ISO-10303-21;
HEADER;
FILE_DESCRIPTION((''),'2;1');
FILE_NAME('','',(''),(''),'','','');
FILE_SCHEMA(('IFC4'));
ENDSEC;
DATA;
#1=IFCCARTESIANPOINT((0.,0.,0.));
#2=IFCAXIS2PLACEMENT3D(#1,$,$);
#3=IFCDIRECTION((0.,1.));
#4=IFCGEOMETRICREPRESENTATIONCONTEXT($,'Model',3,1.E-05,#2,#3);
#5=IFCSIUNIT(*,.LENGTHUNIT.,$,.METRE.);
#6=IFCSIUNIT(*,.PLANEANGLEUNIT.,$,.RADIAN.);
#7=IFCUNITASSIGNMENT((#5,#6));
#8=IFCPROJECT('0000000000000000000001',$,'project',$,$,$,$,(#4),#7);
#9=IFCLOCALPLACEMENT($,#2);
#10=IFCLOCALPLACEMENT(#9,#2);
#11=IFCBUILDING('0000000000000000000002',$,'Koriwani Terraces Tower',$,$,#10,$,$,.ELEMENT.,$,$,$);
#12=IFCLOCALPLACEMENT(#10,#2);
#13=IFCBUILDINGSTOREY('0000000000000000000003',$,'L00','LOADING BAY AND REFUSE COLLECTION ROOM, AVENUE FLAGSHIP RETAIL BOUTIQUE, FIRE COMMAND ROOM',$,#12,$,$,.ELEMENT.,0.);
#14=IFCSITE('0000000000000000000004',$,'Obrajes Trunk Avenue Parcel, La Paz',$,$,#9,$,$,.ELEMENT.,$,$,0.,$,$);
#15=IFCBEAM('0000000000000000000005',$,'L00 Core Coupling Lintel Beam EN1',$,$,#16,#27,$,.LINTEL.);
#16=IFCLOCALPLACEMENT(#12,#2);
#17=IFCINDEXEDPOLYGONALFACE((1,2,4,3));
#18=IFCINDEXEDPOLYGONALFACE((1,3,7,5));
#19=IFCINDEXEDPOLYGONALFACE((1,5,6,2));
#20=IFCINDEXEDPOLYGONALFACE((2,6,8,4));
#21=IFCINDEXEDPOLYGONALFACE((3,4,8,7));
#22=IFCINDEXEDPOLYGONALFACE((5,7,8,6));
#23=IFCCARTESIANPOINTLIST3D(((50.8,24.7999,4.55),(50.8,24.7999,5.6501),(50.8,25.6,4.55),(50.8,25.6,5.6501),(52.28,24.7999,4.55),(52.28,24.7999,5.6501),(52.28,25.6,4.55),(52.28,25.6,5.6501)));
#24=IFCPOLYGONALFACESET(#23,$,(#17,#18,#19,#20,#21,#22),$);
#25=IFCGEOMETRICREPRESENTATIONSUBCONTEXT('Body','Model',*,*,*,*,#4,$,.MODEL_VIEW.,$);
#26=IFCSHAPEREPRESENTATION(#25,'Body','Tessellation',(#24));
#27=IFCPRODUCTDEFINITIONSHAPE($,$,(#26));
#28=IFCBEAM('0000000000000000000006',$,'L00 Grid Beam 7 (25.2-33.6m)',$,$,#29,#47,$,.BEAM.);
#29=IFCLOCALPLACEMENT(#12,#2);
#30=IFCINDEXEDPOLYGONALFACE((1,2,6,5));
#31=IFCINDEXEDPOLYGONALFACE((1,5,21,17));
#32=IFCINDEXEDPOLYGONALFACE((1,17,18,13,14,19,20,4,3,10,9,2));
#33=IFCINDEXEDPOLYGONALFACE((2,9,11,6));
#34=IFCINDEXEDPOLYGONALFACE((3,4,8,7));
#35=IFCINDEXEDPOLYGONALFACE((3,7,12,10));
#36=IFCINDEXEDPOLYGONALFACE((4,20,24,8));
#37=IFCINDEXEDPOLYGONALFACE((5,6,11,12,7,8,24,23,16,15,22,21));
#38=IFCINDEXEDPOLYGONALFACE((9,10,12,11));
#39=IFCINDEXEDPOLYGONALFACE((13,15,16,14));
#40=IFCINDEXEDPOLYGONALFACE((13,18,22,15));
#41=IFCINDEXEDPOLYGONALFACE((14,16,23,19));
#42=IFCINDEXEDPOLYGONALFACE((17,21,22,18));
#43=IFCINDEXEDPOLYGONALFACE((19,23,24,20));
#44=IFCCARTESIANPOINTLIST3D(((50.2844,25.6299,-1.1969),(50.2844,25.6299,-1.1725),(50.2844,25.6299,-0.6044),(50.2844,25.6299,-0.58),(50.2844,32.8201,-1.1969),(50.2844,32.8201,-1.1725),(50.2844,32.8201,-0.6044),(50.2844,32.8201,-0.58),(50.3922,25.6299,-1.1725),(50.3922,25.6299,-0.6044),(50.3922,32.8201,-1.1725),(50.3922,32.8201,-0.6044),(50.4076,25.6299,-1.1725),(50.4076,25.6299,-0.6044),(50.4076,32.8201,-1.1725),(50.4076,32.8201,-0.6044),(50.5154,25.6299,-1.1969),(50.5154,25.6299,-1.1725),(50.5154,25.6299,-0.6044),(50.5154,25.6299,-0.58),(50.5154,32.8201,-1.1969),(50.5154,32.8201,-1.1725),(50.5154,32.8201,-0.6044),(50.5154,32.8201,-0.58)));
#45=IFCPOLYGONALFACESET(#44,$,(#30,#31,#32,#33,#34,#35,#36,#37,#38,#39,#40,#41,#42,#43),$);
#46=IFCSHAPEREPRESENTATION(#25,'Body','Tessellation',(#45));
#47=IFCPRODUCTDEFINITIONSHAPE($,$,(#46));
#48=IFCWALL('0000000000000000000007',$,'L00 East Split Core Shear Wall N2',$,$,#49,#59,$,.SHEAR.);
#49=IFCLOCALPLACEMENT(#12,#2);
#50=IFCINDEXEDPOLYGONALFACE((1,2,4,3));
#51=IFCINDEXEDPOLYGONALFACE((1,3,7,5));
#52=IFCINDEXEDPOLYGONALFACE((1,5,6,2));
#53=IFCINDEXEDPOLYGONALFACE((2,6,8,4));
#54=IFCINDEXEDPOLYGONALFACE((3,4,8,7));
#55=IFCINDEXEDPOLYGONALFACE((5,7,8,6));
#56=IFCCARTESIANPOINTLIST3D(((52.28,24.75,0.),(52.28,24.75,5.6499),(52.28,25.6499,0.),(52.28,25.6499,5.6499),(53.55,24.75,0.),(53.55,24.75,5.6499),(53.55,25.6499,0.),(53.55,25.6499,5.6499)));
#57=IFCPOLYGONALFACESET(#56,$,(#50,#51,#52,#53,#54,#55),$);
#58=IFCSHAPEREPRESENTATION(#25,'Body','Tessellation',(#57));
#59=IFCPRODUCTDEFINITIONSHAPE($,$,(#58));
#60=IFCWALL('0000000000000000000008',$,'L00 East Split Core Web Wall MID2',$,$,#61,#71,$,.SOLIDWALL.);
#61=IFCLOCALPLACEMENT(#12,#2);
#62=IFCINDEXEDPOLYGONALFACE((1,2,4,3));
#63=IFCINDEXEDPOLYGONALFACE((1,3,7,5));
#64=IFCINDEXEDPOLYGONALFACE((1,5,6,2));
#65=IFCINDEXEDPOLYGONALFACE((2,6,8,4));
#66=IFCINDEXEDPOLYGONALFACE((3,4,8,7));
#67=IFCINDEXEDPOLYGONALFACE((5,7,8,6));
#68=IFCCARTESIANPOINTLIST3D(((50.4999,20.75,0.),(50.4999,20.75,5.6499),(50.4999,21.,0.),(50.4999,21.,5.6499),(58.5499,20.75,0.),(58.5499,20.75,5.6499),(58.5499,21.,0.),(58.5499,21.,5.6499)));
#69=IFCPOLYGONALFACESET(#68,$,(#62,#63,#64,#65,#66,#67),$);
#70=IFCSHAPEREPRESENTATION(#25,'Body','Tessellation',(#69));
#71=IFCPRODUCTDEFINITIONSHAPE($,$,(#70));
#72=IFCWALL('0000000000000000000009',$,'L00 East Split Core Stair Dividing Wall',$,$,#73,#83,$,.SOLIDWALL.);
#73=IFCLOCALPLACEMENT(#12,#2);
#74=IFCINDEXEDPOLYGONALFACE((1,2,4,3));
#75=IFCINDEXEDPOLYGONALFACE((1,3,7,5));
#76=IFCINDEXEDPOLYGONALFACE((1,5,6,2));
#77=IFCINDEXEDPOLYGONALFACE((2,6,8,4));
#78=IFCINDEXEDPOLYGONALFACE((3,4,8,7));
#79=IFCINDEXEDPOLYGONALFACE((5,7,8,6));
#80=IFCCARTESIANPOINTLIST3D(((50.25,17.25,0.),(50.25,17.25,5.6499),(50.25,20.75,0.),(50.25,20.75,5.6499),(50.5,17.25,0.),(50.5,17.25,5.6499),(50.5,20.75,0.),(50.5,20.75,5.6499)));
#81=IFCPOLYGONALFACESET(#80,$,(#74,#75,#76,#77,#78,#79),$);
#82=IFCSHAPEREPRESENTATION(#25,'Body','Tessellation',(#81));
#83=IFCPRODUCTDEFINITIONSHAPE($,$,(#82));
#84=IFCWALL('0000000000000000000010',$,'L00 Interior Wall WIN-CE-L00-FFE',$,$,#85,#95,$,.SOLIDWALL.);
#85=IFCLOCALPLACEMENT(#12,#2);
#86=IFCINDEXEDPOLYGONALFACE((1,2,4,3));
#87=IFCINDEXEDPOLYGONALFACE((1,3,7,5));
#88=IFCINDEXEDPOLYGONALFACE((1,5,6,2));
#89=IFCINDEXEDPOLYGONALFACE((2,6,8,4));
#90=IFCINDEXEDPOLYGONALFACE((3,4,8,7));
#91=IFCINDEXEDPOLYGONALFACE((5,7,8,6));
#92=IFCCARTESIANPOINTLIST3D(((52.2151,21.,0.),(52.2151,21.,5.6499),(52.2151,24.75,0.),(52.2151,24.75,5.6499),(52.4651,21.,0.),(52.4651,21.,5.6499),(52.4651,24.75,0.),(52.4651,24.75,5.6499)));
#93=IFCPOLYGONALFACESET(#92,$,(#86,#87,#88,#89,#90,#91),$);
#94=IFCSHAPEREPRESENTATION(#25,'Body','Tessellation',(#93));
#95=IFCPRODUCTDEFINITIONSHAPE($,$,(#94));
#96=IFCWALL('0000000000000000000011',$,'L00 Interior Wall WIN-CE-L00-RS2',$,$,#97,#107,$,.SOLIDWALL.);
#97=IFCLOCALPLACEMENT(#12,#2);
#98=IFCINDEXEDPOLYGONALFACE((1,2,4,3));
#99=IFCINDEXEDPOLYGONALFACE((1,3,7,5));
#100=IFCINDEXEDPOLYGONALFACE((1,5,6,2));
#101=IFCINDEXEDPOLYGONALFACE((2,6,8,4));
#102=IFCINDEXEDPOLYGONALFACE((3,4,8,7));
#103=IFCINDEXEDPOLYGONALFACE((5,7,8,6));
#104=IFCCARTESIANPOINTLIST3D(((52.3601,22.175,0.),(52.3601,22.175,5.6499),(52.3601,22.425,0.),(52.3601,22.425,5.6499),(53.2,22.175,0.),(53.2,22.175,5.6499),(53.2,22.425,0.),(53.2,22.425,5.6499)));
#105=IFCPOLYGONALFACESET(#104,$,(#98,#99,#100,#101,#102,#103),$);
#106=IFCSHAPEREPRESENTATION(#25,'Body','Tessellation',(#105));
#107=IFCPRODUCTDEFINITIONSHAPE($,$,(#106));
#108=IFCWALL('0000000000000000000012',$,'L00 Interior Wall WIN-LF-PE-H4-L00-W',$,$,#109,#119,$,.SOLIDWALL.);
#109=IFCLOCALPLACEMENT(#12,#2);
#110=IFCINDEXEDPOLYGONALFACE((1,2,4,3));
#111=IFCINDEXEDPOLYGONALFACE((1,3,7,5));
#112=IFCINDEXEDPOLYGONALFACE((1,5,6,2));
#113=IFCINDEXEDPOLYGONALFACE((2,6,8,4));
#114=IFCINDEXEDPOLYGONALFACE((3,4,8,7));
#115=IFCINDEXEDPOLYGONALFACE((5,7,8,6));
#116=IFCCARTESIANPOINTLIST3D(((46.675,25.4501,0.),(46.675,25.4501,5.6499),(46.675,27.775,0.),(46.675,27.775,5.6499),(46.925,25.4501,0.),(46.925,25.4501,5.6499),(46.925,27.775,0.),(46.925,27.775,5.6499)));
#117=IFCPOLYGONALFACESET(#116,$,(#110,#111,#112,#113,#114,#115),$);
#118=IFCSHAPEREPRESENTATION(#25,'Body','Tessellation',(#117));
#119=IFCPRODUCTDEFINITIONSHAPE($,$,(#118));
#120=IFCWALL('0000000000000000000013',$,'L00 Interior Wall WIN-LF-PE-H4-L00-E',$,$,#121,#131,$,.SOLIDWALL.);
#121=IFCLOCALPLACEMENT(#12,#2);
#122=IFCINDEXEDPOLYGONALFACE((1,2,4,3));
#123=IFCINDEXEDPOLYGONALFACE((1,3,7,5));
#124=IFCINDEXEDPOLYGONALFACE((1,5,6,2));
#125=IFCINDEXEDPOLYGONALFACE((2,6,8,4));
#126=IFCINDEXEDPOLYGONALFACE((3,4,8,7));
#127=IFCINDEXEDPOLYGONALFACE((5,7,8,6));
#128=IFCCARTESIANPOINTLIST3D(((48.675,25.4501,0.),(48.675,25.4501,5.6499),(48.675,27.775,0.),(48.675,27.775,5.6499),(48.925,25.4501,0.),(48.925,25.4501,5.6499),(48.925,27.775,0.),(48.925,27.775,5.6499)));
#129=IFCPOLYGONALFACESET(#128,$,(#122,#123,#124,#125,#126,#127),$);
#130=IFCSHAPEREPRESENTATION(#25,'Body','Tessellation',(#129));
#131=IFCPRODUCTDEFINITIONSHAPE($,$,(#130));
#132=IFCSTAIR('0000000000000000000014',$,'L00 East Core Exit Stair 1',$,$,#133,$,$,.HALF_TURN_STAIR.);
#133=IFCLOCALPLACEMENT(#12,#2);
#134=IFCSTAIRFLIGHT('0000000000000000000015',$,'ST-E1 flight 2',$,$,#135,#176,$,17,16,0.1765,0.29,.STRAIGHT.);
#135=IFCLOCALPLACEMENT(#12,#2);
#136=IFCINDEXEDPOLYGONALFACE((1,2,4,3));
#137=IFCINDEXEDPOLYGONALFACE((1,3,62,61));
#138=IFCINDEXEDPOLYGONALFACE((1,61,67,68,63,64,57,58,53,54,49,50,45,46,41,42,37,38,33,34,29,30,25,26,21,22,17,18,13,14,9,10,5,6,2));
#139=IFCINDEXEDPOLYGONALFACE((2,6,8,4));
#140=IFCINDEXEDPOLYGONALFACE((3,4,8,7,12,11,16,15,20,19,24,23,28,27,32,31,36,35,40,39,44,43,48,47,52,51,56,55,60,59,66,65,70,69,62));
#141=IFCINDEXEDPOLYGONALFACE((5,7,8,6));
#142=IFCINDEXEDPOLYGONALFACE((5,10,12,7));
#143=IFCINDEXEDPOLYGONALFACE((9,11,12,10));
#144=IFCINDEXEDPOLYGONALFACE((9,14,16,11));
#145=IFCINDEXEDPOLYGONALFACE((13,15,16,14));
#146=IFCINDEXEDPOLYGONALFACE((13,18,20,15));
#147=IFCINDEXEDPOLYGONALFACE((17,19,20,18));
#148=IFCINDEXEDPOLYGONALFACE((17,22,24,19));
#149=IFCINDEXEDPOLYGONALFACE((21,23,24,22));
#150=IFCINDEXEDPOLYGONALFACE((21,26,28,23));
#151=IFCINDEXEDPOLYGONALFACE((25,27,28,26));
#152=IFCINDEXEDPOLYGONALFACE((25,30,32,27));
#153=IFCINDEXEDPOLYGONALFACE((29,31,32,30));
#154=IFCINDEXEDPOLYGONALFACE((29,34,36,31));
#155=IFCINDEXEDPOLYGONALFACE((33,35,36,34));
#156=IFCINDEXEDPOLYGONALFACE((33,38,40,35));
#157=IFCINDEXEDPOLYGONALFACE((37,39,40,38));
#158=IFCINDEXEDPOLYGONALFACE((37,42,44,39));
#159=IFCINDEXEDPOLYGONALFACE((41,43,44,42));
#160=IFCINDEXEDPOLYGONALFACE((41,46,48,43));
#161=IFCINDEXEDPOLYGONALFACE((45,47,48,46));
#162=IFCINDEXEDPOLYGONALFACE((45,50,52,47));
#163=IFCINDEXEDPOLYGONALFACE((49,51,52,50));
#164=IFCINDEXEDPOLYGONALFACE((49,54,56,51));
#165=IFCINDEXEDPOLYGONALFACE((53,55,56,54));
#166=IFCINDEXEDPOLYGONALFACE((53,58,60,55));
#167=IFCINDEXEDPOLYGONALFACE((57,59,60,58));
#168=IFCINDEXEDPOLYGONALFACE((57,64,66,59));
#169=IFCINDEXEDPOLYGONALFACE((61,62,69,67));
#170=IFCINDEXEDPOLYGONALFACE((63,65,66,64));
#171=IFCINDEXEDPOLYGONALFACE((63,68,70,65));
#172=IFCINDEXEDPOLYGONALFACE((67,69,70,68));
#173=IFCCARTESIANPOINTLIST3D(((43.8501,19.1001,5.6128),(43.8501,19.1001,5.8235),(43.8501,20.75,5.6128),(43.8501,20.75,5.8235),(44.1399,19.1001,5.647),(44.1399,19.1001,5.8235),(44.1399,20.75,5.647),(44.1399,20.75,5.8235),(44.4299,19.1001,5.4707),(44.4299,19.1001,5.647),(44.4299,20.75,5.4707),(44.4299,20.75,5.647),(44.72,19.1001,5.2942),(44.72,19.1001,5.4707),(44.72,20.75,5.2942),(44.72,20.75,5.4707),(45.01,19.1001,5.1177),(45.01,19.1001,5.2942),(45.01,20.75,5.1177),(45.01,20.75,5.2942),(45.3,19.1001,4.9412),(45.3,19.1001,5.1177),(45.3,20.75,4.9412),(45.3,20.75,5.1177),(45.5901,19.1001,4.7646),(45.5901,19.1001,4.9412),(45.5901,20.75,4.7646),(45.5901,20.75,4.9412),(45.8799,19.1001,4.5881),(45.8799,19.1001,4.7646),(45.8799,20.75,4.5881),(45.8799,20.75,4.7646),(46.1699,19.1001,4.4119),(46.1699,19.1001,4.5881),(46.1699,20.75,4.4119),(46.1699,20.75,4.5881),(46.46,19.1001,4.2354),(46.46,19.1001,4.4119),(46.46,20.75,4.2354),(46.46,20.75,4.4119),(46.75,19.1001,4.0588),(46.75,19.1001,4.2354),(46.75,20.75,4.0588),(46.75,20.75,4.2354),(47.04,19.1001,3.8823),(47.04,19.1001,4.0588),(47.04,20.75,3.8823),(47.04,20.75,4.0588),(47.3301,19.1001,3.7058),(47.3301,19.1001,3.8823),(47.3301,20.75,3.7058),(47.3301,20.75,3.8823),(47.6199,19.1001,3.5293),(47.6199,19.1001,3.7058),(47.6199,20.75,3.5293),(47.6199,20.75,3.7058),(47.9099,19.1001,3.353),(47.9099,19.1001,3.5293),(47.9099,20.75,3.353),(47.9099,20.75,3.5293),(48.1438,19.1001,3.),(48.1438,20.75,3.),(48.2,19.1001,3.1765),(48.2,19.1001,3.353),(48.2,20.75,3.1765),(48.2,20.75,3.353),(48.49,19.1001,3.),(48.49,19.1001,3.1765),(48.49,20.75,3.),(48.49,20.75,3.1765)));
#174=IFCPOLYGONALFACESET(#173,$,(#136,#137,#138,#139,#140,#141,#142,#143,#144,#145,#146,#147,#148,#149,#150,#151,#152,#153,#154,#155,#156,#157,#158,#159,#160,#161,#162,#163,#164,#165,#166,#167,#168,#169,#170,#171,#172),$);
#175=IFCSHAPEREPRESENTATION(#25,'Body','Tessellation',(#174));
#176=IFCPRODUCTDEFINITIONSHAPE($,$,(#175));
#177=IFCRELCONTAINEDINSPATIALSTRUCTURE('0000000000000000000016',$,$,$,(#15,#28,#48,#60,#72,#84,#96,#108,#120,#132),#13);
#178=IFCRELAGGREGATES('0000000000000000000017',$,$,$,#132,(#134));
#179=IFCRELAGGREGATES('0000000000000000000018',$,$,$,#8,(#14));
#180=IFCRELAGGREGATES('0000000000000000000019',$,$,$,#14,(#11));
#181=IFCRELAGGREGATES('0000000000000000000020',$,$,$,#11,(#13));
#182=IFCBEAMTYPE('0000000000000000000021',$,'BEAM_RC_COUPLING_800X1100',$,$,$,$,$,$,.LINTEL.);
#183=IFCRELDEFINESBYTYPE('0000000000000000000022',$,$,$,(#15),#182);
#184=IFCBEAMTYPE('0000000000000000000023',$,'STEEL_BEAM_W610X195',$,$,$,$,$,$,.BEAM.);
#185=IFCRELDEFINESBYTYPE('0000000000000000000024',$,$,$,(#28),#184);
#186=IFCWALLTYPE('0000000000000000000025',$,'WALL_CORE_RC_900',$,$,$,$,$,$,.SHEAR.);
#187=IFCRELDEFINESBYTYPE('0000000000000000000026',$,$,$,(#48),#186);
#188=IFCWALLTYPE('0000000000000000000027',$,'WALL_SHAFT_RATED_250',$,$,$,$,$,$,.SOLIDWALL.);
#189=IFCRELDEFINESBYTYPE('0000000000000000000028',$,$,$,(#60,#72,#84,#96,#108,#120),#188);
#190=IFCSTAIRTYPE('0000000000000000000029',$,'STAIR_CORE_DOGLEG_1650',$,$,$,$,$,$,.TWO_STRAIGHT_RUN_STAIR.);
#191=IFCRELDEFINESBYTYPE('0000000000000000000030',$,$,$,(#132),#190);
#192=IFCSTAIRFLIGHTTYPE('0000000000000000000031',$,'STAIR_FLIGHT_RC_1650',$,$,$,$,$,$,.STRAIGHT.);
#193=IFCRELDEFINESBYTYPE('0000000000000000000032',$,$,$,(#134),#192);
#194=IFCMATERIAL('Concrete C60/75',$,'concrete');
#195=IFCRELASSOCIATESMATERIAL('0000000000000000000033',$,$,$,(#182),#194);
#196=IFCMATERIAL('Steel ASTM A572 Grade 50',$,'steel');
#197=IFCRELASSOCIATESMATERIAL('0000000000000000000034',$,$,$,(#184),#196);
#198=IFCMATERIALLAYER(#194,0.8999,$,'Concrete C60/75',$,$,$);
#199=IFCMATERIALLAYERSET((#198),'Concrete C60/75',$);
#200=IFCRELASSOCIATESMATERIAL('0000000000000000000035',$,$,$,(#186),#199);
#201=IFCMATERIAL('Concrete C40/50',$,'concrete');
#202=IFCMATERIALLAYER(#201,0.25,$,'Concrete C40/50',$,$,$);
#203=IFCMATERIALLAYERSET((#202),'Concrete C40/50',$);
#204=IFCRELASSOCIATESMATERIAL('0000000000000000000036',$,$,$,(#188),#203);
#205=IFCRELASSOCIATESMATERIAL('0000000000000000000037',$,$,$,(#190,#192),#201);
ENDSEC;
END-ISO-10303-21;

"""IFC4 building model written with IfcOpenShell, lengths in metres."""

from ifc_helpers import new_model, si_unit, direction, frame, frame_2d, origin, origin_2d, place, context, subcontext, project, spatial, polyline, rectangle, i_section, outline, extrude, material, layer, layer_set, material_profile, profile_set, type_object, element, aggregate, save


model = new_model("IFC4")

# Units and contexts
model_context = context("Model", 3, precision=1e-05, world=origin(), true_north=direction((0.0, 1.0)))
body_context = subcontext(model_context, "Body", "Model", "MODEL_VIEW")
ifc_project = project(units=[si_unit("LENGTHUNIT", "METRE"), si_unit("PLANEANGLEUNIT", "RADIAN")], contexts=[model_context])

# Site, building, storey
site_placement = place(None, origin())
site = spatial("IfcSite", under=ifc_project, at=site_placement, Name="Obrajes Trunk Avenue Parcel, La Paz", CompositionType="ELEMENT", RefElevation=0.0)
building_placement = place(site_placement, origin())
building = spatial("IfcBuilding", under=site, at=building_placement, Name="Koriwani Terraces Tower", CompositionType="ELEMENT")
storey_placement = place(building_placement, origin())
storey = spatial("IfcBuildingStorey", under=building, at=storey_placement, Name="L00", Description="LOADING BAY AND REFUSE COLLECTION ROOM, AVENUE FLAGSHIP RETAIL BOUTIQUE, FIRE COMMAND ROOM", CompositionType="ELEMENT", Elevation=0.0)

# Beams
ifc_material_1 = material(Name="Concrete C60/75", Category="concrete")
ifc_material_profile_1 = material_profile(ifc_material_1, rectangle(XDim=0.8, YDim=1.1001, at=origin_2d()), Name="Concrete C60/75", Category="LoadBearing")
ifc_profile_set_1 = profile_set([ifc_material_profile_1], Name="Concrete C60/75")
beam_type_1 = type_object("IfcBeamType", Name="BEAM_RC_COUPLING_800X1100", PredefinedType="LINTEL", material=ifc_profile_set_1)
beam_1_placement = place(storey_placement, frame((50.8, 25.2, 5.1001), z_axis=(1.0, 0.0, 0.0), x_axis=(0.0, 1.0, 0.0)))
element("IfcBeam", 1, at=beam_1_placement, inside=storey, type_object=beam_type_1, Name="L00 Core Coupling Lintel Beam EN1", PredefinedType="LINTEL", context=body_context, shape_type="SweptSolid", body=[
    extrude(rectangle(XDim=0.8, YDim=1.1001, at=origin_2d()), origin(), (0.0, 0.0, 1.0), 1.48),
])
ifc_material_2 = material(Name="Steel ASTM A572 Grade 50", Category="steel")
ifc_material_profile_2 = material_profile(ifc_material_2, i_section(OverallWidth=0.231, OverallDepth=0.6169, WebThickness=0.0154, FlangeThickness=0.0244, at=origin_2d()), Name="Steel ASTM A572 Grade 50", Category="LoadBearing")
ifc_profile_set_2 = profile_set([ifc_material_profile_2], Name="Steel ASTM A572 Grade 50")
beam_type_2 = type_object("IfcBeamType", Name="STEEL_BEAM_W610X195", PredefinedType="BEAM", material=ifc_profile_set_2)
beam_2_placement = place(storey_placement, frame((50.3999, 25.6299, -0.8884), z_axis=(0.0, 1.0, 0.0), x_axis=(-1.0, 0.0, 0.0)))
element("IfcBeam", 2, at=beam_2_placement, inside=storey, type_object=beam_type_2, Name="L00 Grid Beam 7 (25.2-33.6m)", PredefinedType="BEAM", context=body_context, shape_type="SweptSolid", body=[
    extrude(i_section(OverallWidth=0.231, OverallDepth=0.6169, WebThickness=0.0154, FlangeThickness=0.0244, at=origin_2d()), origin(), (0.0, 0.0, 1.0), 7.1902),
])

# Walls
ifc_layer_1 = layer(ifc_material_1, 0.8999, Name="Concrete C60/75")
ifc_layer_set_1 = layer_set([ifc_layer_1], Name="Concrete C60/75")
wall_type_1 = type_object("IfcWallType", Name="WALL_CORE_RC_900", PredefinedType="SHEAR", material=ifc_layer_set_1)
wall_1_placement = place(storey_placement, frame((52.28, 25.2, 0.0), z_axis=(0.0, 0.0, 1.0), x_axis=(1.0, 0.0, 0.0)))
element("IfcWall", 3, at=wall_1_placement, inside=storey, type_object=wall_type_1, Name="L00 East Split Core Shear Wall N2", PredefinedType="SHEAR", context=body_context, shape_type="SweptSolid", body=[
    extrude(rectangle(XDim=1.27, YDim=0.8999, at=frame_2d((0.635, 0.0))), origin(), (0.0, 0.0, 1.0), 5.6499),
])
ifc_material_3 = material(Name="Concrete C40/50", Category="concrete")
ifc_layer_2 = layer(ifc_material_3, 0.25, Name="Concrete C40/50")
ifc_layer_set_2 = layer_set([ifc_layer_2], Name="Concrete C40/50")
wall_type_2 = type_object("IfcWallType", Name="WALL_SHAFT_RATED_250", PredefinedType="SOLIDWALL", material=ifc_layer_set_2)
wall_2_placement = place(storey_placement, frame((50.5, 20.875, 0.0), z_axis=(0.0, 0.0, 1.0), x_axis=(1.0, 0.0, 0.0)))
element("IfcWall", 4, at=wall_2_placement, inside=storey, type_object=wall_type_2, Name="L00 East Split Core Web Wall MID2", PredefinedType="SOLIDWALL", context=body_context, shape_type="SweptSolid", body=[
    extrude(rectangle(XDim=8.05, YDim=0.25, at=frame_2d((4.0249, 0.0))), origin(), (0.0, 0.0, 1.0), 5.6499),
])
wall_3_placement = place(storey_placement, frame((50.375, 17.25, 0.0), z_axis=(0.0, 0.0, 1.0), x_axis=(0.0, 1.0, 0.0)))
element("IfcWall", 5, at=wall_3_placement, inside=storey, type_object=wall_type_2, Name="L00 East Split Core Stair Dividing Wall", PredefinedType="SOLIDWALL", context=body_context, shape_type="SweptSolid", body=[
    extrude(rectangle(XDim=3.5, YDim=0.25, at=frame_2d((1.75, 0.0))), origin(), (0.0, 0.0, 1.0), 5.6499),
])

# Walls
wall_4_placement = place(storey_placement, frame((52.3401, 21.0, 0.0), z_axis=(0.0, 0.0, 1.0), x_axis=(0.0, 1.0, 0.0)))
element("IfcWall", 6, at=wall_4_placement, inside=storey, type_object=wall_type_2, Name="L00 Interior Wall WIN-CE-L00-FFE", PredefinedType="SOLIDWALL", context=body_context, shape_type="SweptSolid", body=[
    extrude(rectangle(XDim=3.75, YDim=0.25, at=frame_2d((1.875, 0.0))), origin(), (0.0, 0.0, 1.0), 5.6499),
])
wall_5_placement = place(storey_placement, frame((52.3601, 22.3, 0.0), z_axis=(0.0, 0.0, 1.0), x_axis=(1.0, 0.0, 0.0)))
element("IfcWall", 7, at=wall_5_placement, inside=storey, type_object=wall_type_2, Name="L00 Interior Wall WIN-CE-L00-RS2", PredefinedType="SOLIDWALL", context=body_context, shape_type="SweptSolid", body=[
    extrude(rectangle(XDim=0.8398, YDim=0.25, at=frame_2d((0.4199, 0.0))), origin(), (0.0, 0.0, 1.0), 5.6499),
])
for number, where, z_axis, x_axis, name in (
    (8, (46.8, 25.45, 0.0), (0.0, 0.0, 1.0), (0.0, 1.0, 0.0), "L00 Interior Wall WIN-LF-PE-H4-L00-W"),
    (9, (48.8, 25.45, 0.0), (0.0, 0.0, 1.0), (0.0, 1.0, 0.0), "L00 Interior Wall WIN-LF-PE-H4-L00-E"),
):
    element("IfcWall", number, at=place(storey_placement, frame(where, z_axis=z_axis, x_axis=x_axis)), inside=storey, type_object=wall_type_2, Name=name, PredefinedType="SOLIDWALL", context=body_context, shape_type="SweptSolid", body=[
        extrude(rectangle(XDim=2.325, YDim=0.25, at=frame_2d((1.1626, 0.0))), origin(), (0.0, 0.0, 1.0), 5.6499),
    ])

# Stair, stair flight
stair_type = type_object("IfcStairType", Name="STAIR_CORE_DOGLEG_1650", PredefinedType="TWO_STRAIGHT_RUN_STAIR", material=ifc_material_3)
stair_1_placement = place(storey_placement, origin())
stair_1 = element("IfcStair", 10, at=stair_1_placement, inside=storey, type_object=stair_type, Name="L00 East Core Exit Stair 1", PredefinedType="HALF_TURN_STAIR")
stair_flight_type = type_object("IfcStairFlightType", Name="STAIR_FLIGHT_RC_1650", PredefinedType="STRAIGHT", material=ifc_material_3)
stair_flight_1_placement = place(storey_placement, frame((48.49, 19.925, 3.0), z_axis=(0.0, 0.0, 1.0), x_axis=(-1.0, 0.0, 0.0)))
stair_flight_1 = element("IfcStairFlight", 11, at=stair_flight_1_placement, type_object=stair_flight_type, Name="ST-E1 flight 2", NumberOfRisers=17, NumberOfTreads=16, PredefinedType="STRAIGHT", RiserHeight=0.1765, TreadLength=0.29, context=body_context, shape_type="SweptSolid", body=[
    extrude(outline(polyline([(0.0, 0.0), (0.0, 0.1765), (0.29, 0.1765), (0.29, 0.353), (0.5801, 0.353), (0.5801, 0.5293), (0.8701, 0.5293), (0.8701, 0.7058), (1.1599, 0.7058), (1.1599, 0.8823), (1.45, 0.8823), (1.45, 1.0588), (1.74, 1.0588), (1.74, 1.2354), (2.03, 1.2354), (2.03, 1.4119), (2.3201, 1.4119), (2.3201, 1.5881), (2.6101, 1.5881), (2.6101, 1.7646), (2.8999, 1.7646), (2.8999, 1.9412), (3.1899, 1.9412), (3.1899, 2.1177), (3.48, 2.1177), (3.48, 2.2942), (3.77, 2.2942), (3.77, 2.4707), (4.0601, 2.4707), (4.0601, 2.647), (4.3501, 2.647), (4.3501, 2.8235), (4.6399, 2.8235), (4.6399, 3.0), (4.6399, 2.6128), (0.3462, 0.0), (0.0, 0.0)])), frame((0.0, 0.825, 0.0), z_axis=(0.0, -1.0, 0.0), x_axis=(1.0, 0.0, 0.0)), (0.0, 0.0, 1.0), 1.6499),
])
aggregate(stair_1, [stair_flight_1])

save(model, "model.ifc")
